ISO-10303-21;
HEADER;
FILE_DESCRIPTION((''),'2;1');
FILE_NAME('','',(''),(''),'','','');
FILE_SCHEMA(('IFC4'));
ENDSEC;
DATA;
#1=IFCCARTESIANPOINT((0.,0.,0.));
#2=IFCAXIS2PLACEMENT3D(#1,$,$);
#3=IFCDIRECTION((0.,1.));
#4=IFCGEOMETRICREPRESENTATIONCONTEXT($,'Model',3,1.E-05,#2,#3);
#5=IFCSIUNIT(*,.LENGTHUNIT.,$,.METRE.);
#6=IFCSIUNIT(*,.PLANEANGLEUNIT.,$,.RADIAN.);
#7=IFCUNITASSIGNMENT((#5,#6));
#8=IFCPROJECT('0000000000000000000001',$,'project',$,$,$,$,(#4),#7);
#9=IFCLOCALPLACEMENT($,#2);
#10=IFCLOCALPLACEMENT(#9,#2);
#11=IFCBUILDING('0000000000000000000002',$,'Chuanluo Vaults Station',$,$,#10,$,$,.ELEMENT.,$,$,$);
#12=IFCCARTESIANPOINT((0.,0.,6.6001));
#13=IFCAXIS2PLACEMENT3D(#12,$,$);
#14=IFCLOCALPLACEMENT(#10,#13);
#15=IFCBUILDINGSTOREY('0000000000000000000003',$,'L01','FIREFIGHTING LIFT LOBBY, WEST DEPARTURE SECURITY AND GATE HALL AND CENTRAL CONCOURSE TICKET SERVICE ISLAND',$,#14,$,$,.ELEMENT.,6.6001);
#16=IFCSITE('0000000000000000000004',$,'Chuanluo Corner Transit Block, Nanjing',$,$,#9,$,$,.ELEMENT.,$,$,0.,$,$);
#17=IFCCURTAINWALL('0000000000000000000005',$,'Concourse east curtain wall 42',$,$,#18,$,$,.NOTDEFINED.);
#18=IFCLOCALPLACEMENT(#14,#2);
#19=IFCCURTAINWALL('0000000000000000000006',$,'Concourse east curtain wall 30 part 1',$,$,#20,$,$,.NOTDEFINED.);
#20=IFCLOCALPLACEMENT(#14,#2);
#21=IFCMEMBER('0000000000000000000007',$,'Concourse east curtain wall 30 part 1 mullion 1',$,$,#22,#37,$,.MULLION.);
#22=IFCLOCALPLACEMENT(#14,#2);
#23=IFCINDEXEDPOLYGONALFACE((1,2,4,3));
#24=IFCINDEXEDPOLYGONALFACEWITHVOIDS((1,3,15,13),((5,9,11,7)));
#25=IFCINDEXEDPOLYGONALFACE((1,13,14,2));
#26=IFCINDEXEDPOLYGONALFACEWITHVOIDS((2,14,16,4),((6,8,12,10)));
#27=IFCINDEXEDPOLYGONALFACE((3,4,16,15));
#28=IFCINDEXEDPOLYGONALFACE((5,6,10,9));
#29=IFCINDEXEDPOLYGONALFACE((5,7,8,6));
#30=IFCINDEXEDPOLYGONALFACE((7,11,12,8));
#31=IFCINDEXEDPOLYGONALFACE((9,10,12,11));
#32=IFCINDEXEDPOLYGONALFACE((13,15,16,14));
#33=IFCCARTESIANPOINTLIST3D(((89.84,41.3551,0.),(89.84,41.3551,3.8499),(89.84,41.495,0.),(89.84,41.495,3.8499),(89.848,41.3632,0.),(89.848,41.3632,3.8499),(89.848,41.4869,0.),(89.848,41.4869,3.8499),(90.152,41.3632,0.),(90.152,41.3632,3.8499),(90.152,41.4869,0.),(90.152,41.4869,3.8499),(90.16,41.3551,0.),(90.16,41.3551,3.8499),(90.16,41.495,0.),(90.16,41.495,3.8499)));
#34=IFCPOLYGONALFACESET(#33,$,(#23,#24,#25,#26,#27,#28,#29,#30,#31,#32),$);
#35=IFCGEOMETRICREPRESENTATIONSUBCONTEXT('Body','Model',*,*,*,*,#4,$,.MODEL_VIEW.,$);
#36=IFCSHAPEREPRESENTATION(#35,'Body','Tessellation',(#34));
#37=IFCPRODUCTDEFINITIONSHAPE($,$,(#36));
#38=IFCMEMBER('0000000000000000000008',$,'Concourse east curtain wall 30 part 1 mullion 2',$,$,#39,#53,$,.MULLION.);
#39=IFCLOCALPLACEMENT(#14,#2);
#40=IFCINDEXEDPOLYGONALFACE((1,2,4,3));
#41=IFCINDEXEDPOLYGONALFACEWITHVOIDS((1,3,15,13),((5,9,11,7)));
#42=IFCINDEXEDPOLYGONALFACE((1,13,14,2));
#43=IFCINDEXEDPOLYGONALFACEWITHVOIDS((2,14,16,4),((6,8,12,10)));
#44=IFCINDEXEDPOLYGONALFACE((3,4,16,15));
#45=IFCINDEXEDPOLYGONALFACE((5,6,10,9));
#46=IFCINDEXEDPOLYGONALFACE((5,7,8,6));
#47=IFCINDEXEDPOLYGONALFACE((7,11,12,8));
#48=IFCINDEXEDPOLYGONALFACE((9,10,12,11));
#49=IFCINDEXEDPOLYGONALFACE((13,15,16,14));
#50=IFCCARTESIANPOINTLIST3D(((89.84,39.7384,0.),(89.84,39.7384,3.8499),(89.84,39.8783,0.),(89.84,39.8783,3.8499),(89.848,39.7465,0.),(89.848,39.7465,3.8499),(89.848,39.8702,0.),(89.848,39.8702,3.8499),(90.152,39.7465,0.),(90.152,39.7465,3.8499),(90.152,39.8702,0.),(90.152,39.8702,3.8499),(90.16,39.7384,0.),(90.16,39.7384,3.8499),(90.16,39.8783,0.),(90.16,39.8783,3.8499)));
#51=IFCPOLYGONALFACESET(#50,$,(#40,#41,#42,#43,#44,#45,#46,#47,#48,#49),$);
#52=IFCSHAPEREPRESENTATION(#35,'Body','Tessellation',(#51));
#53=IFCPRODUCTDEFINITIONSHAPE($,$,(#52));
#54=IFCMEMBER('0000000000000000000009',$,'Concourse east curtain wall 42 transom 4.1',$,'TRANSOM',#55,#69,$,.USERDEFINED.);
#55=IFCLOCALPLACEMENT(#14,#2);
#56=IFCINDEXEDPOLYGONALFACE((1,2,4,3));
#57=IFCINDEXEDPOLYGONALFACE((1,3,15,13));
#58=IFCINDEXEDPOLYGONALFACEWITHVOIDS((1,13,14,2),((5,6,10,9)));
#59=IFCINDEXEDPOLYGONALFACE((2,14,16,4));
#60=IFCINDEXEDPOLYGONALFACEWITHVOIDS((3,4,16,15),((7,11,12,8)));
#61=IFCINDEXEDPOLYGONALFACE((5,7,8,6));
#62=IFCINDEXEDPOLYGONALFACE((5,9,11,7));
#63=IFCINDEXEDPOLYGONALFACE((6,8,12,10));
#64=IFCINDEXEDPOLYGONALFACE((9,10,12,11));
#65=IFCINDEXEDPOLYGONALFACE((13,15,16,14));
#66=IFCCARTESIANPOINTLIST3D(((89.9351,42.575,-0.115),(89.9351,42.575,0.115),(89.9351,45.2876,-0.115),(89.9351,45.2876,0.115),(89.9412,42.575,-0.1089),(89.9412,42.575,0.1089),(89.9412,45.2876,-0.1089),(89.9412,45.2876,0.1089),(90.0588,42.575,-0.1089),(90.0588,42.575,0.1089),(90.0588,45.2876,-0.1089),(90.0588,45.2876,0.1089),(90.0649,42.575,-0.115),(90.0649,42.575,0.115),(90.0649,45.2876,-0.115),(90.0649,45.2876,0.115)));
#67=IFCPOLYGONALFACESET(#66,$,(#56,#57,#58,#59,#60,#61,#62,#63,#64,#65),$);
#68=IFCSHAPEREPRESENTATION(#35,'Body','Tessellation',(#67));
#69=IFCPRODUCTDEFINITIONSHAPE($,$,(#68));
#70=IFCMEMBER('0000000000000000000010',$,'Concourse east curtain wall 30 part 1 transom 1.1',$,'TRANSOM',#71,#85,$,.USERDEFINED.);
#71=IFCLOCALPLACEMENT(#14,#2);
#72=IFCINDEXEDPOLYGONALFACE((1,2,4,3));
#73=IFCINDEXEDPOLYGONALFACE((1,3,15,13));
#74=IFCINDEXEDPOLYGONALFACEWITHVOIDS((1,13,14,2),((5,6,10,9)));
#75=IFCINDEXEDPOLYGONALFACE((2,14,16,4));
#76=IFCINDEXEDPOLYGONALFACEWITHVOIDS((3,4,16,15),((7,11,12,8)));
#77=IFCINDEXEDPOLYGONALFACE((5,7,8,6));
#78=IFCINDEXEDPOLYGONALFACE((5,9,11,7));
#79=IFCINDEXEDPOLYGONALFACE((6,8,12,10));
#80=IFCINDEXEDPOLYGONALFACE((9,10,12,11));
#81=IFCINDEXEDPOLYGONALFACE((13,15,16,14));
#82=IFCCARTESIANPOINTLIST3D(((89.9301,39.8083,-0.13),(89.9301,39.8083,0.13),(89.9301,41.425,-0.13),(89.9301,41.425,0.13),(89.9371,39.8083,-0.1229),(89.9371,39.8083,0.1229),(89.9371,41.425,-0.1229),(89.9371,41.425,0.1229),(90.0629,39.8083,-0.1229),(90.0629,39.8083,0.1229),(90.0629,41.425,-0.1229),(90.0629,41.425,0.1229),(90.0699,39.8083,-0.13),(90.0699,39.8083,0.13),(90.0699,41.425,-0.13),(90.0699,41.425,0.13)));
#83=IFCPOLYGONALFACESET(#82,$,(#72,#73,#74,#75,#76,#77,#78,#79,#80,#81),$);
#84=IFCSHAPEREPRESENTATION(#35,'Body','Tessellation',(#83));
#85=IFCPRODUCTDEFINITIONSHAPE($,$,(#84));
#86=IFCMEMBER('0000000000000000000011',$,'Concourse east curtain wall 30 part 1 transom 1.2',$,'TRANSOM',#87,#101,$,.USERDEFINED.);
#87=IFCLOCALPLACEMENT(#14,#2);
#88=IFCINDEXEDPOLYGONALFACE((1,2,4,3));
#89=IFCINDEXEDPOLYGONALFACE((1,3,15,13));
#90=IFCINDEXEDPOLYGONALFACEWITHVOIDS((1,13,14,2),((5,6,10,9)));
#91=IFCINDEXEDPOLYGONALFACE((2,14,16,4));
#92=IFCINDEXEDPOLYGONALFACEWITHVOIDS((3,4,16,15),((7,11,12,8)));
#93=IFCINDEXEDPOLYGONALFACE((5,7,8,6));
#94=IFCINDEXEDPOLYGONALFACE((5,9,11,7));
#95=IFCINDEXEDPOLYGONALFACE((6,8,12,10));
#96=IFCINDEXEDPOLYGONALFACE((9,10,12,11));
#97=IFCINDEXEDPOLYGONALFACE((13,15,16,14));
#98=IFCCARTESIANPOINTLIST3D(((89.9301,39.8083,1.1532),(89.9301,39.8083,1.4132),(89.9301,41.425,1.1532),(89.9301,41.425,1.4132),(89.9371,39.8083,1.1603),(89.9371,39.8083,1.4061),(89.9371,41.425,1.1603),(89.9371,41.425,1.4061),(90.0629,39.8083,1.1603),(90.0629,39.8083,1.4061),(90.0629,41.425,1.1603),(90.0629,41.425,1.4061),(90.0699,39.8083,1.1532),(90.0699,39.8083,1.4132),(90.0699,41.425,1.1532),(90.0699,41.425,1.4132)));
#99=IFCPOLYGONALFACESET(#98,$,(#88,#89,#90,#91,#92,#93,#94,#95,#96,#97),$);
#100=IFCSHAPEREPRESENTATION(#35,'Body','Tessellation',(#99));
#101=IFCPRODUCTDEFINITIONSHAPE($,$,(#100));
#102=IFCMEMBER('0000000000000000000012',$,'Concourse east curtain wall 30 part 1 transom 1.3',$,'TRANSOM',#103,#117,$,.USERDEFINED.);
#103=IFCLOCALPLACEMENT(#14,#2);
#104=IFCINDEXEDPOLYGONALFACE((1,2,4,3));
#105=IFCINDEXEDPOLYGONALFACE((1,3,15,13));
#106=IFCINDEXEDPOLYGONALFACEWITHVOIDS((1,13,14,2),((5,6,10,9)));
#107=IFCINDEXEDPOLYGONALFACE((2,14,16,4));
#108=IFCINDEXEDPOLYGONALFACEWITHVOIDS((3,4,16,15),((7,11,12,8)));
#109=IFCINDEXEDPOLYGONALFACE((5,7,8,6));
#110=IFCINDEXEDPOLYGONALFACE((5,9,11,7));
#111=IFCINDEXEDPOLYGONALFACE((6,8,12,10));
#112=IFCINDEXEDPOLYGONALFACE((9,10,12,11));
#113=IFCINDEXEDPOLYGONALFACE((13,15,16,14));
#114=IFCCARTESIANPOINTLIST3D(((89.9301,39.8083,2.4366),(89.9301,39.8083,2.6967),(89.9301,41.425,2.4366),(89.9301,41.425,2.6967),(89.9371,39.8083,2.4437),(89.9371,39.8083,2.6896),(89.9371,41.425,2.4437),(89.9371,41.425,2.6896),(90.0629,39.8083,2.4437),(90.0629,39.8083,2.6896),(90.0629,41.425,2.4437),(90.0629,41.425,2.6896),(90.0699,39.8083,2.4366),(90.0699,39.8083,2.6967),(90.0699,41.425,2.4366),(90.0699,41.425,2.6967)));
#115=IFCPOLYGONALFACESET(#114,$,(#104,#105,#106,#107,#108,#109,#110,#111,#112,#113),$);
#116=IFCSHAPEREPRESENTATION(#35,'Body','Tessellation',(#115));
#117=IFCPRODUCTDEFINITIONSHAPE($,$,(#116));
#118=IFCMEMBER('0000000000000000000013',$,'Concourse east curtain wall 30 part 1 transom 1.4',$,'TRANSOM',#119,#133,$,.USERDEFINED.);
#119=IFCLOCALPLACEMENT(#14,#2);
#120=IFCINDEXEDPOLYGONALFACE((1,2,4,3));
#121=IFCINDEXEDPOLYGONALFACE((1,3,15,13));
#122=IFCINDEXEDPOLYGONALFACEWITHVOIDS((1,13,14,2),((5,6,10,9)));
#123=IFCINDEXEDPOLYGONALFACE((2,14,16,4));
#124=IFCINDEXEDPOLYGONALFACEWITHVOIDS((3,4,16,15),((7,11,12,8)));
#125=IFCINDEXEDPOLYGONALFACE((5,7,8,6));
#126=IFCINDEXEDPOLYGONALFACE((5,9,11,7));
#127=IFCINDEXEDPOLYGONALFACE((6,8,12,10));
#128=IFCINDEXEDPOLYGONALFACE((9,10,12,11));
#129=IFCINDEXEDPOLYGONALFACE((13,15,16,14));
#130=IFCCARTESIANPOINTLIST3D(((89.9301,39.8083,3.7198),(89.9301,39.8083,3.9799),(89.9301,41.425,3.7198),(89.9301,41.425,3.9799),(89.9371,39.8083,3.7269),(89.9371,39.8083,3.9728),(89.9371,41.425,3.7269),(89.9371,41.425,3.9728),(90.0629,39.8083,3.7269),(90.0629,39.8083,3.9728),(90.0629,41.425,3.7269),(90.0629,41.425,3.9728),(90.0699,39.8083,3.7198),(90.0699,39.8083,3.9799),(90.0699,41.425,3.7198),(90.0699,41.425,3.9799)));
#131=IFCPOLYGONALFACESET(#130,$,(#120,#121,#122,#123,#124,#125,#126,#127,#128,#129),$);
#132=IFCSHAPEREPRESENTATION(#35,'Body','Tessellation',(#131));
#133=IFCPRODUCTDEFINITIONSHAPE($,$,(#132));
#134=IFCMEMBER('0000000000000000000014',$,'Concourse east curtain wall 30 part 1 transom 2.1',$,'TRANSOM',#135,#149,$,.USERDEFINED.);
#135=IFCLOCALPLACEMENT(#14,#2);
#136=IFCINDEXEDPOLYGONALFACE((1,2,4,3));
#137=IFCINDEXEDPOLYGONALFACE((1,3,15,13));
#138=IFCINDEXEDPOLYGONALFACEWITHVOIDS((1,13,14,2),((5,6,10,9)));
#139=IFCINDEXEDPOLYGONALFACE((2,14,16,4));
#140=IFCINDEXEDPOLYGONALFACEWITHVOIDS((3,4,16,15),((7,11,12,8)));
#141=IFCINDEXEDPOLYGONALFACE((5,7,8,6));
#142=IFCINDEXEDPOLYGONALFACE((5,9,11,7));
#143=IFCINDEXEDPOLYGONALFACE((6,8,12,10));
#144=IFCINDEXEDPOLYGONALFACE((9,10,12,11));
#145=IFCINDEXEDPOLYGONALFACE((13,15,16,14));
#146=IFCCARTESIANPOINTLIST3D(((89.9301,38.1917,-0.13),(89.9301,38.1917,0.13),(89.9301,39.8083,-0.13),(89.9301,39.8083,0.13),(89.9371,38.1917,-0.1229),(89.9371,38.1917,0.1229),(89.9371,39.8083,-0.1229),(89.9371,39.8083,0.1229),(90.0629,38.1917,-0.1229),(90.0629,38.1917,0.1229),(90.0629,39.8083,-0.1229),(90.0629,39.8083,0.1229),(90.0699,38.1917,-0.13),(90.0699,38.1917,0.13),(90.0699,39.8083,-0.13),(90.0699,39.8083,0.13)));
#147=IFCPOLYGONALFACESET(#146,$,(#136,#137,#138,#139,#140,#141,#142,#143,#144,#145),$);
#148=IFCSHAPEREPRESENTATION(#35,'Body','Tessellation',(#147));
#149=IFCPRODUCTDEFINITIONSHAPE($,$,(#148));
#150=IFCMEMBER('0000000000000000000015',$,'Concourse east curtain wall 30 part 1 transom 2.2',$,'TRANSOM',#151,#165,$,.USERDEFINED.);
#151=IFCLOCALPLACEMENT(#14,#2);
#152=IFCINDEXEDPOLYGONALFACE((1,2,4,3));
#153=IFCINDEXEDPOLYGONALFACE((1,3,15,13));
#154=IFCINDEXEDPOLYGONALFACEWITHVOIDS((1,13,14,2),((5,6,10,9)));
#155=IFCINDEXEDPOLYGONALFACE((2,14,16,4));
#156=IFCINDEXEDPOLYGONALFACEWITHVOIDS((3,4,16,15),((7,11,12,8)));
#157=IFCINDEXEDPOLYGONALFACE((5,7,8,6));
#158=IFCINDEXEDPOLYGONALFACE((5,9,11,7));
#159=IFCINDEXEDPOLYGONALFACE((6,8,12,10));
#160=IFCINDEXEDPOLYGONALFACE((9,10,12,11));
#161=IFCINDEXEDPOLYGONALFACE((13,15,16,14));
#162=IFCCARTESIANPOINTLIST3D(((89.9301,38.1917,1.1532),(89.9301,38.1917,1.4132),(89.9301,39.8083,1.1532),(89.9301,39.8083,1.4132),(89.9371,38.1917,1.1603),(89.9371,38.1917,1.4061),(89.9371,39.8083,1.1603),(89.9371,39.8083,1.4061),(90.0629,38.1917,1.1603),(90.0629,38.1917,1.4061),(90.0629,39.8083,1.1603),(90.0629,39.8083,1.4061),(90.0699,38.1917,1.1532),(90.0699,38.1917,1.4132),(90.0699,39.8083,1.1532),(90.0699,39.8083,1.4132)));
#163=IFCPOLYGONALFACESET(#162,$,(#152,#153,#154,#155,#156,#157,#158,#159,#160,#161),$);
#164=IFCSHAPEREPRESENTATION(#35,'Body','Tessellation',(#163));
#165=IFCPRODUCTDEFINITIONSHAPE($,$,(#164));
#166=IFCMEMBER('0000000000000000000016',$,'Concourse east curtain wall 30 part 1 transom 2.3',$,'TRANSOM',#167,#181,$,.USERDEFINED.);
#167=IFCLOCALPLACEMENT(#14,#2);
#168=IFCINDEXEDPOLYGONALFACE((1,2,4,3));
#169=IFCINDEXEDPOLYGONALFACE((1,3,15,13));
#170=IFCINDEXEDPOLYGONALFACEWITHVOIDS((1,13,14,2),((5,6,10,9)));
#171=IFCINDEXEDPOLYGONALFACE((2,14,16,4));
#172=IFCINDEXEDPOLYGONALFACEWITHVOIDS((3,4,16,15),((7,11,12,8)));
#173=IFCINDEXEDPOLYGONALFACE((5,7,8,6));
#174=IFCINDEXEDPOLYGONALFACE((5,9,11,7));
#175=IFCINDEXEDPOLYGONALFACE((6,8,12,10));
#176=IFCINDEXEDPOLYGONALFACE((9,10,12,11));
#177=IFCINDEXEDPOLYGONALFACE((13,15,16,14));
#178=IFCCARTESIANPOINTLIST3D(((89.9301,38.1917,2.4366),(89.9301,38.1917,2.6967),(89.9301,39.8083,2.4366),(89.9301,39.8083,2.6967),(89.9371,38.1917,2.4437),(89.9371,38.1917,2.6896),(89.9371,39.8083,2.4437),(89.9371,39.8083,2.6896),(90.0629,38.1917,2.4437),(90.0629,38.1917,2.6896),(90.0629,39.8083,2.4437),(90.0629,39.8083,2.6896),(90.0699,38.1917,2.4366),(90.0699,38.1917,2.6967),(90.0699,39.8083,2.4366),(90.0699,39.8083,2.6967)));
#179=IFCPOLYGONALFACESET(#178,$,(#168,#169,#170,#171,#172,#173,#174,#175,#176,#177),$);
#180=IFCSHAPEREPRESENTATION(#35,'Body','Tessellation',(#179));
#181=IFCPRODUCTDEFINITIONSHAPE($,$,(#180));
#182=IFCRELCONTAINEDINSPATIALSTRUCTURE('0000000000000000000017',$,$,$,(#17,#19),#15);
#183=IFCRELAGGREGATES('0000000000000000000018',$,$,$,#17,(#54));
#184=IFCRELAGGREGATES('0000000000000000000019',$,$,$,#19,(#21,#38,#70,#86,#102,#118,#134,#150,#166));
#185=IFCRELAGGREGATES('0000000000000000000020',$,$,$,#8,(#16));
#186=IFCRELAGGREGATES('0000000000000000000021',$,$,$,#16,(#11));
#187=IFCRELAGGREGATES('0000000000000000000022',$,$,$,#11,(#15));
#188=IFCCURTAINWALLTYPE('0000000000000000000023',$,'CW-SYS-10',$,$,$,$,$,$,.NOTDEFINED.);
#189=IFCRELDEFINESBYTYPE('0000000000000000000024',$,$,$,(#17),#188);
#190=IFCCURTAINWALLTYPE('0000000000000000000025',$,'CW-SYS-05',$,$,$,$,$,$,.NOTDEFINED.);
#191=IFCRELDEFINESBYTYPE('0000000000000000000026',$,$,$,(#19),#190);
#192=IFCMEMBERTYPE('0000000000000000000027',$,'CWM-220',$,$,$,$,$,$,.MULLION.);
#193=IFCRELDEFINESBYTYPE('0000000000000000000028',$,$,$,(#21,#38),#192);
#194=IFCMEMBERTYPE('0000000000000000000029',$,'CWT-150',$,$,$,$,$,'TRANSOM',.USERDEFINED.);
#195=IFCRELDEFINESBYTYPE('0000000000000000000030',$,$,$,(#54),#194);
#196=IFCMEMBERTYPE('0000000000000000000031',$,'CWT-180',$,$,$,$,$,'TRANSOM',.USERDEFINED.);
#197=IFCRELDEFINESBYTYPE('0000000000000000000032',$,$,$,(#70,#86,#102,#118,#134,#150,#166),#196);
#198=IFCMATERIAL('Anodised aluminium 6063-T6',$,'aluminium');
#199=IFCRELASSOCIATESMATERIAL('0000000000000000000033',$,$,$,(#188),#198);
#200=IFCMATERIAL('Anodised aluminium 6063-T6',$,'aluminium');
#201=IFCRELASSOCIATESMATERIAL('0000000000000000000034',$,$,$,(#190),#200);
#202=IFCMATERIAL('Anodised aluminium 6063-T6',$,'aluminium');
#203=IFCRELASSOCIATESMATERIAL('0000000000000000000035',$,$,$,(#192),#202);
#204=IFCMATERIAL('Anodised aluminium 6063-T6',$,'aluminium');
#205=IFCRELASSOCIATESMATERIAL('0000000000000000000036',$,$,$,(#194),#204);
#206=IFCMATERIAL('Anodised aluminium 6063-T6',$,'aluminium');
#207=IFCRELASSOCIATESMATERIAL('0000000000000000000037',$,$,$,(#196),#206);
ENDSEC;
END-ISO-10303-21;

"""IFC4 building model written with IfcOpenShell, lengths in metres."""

from ifc_helpers import new_model, si_unit, direction, frame, origin, origin_2d, place, context, subcontext, project, spatial, hollow_rectangle, extrude, material, material_profile, profile_set, type_object, element, aggregate, save


model = new_model("IFC4")

# Units and contexts
model_context = context("Model", 3, precision=1e-05, world=origin(), true_north=direction((0.0, 1.0)))
body_context = subcontext(model_context, "Body", "Model", "MODEL_VIEW")
ifc_project = project(units=[si_unit("LENGTHUNIT", "METRE"), si_unit("PLANEANGLEUNIT", "RADIAN")], contexts=[model_context])

# Site, building, storey
site_placement = place(None, origin())
site = spatial("IfcSite", under=ifc_project, at=site_placement, Name="Chuanluo Corner Transit Block, Nanjing", CompositionType="ELEMENT", RefElevation=0.0)
building_placement = place(site_placement, origin())
building = spatial("IfcBuilding", under=site, at=building_placement, Name="Chuanluo Vaults Station", CompositionType="ELEMENT")
storey_placement = place(building_placement, frame((0.0, 0.0, 6.6001)))
storey = spatial("IfcBuildingStorey", under=building, at=storey_placement, Name="L01", Description="FIREFIGHTING LIFT LOBBY, WEST DEPARTURE SECURITY AND GATE HALL AND CENTRAL CONCOURSE TICKET SERVICE ISLAND", CompositionType="ELEMENT", Elevation=6.6001)

# Curtain walls, members
ifc_material_1 = material(Name="Anodised aluminium 6063-T6", Category="aluminium")
curtain_wall_type_1 = type_object("IfcCurtainWallType", Name="CW-SYS-10", PredefinedType="NOTDEFINED", material=ifc_material_1)
curtain_wall_1_placement = place(storey_placement, origin())
curtain_wall_1 = element("IfcCurtainWall", 1, at=curtain_wall_1_placement, inside=storey, type_object=curtain_wall_type_1, Name="Concourse east curtain wall 42", PredefinedType="NOTDEFINED")
ifc_material_2 = material(Name="Anodised aluminium 6063-T6", Category="aluminium")
curtain_wall_type_2 = type_object("IfcCurtainWallType", Name="CW-SYS-05", PredefinedType="NOTDEFINED", material=ifc_material_2)
curtain_wall_2_placement = place(storey_placement, origin())
curtain_wall_2 = element("IfcCurtainWall", 2, at=curtain_wall_2_placement, inside=storey, type_object=curtain_wall_type_2, Name="Concourse east curtain wall 30 part 1", PredefinedType="NOTDEFINED")
ifc_material_3 = material(Name="Anodised aluminium 6063-T6", Category="aluminium")
ifc_material_profile_1 = material_profile(ifc_material_3, hollow_rectangle(XDim=0.1399, YDim=0.3201, WallThickness=0.0081, at=origin_2d()))
ifc_profile_set_1 = profile_set([ifc_material_profile_1], Name="Anodised aluminium 6063-T6")
member_type_1 = type_object("IfcMemberType", Name="CWM-220", PredefinedType="MULLION", material=ifc_profile_set_1)
member_1_placement = place(storey_placement, frame((90.0, 41.425, 0.0), z_axis=(0.0, 0.0, 1.0), x_axis=(0.0, -1.0, 0.0)))
member_1 = element("IfcMember", 3, at=member_1_placement, type_object=member_type_1, Name="Concourse east curtain wall 30 part 1 mullion 1", PredefinedType="MULLION", context=body_context, shape_type="SweptSolid", body=[
    extrude(hollow_rectangle(XDim=0.1399, YDim=0.3201, WallThickness=0.0081, at=origin_2d()), origin(), (0.0, 0.0, 1.0), 3.8499),
])
member_2_placement = place(storey_placement, frame((90.0, 39.8083, 0.0), z_axis=(0.0, 0.0, 1.0), x_axis=(0.0, -1.0, 0.0)))
member_2 = element("IfcMember", 4, at=member_2_placement, type_object=member_type_1, Name="Concourse east curtain wall 30 part 1 mullion 2", PredefinedType="MULLION", context=body_context, shape_type="SweptSolid", body=[
    extrude(hollow_rectangle(XDim=0.1399, YDim=0.3201, WallThickness=0.0081, at=origin_2d()), origin(), (0.0, 0.0, 1.0), 3.8499),
])

# Members
ifc_material_4 = material(Name="Anodised aluminium 6063-T6", Category="aluminium")
ifc_material_profile_2 = material_profile(ifc_material_4, hollow_rectangle(XDim=0.1299, YDim=0.23, WallThickness=0.0061, at=origin_2d()))
ifc_profile_set_2 = profile_set([ifc_material_profile_2], Name="Anodised aluminium 6063-T6")
member_type_2 = type_object("IfcMemberType", Name="CWT-150", ElementType="TRANSOM", PredefinedType="USERDEFINED", material=ifc_profile_set_2)
member_3_placement = place(storey_placement, frame((90.0, 45.2876, 0.0), z_axis=(0.0, -1.0, 0.0), x_axis=(1.0, 0.0, 0.0)))
member_3 = element("IfcMember", 5, at=member_3_placement, type_object=member_type_2, Name="Concourse east curtain wall 42 transom 4.1", ObjectType="TRANSOM", PredefinedType="USERDEFINED", context=body_context, shape_type="SweptSolid", body=[
    extrude(hollow_rectangle(XDim=0.1299, YDim=0.23, WallThickness=0.0061, at=origin_2d()), origin(), (0.0, 0.0, 1.0), 2.7126),
])
ifc_material_5 = material(Name="Anodised aluminium 6063-T6", Category="aluminium")
ifc_material_profile_3 = material_profile(ifc_material_5, hollow_rectangle(XDim=0.1399, YDim=0.26, WallThickness=0.0071, at=origin_2d()))
ifc_profile_set_3 = profile_set([ifc_material_profile_3], Name="Anodised aluminium 6063-T6")
member_type_3 = type_object("IfcMemberType", Name="CWT-180", ElementType="TRANSOM", PredefinedType="USERDEFINED", material=ifc_profile_set_3)
member_4_placement = place(storey_placement, frame((90.0, 41.425, 0.0), z_axis=(0.0, -1.0, 0.0), x_axis=(1.0, 0.0, 0.0)))
member_4 = element("IfcMember", 6, at=member_4_placement, type_object=member_type_3, Name="Concourse east curtain wall 30 part 1 transom 1.1", ObjectType="TRANSOM", PredefinedType="USERDEFINED", context=body_context, shape_type="SweptSolid", body=[
    extrude(hollow_rectangle(XDim=0.1399, YDim=0.26, WallThickness=0.0071, at=origin_2d()), origin(), (0.0, 0.0, 1.0), 1.6167),
])
member_5_placement = place(storey_placement, frame((90.0, 41.425, 1.2832), z_axis=(0.0, -1.0, 0.0), x_axis=(1.0, 0.0, 0.0)))
member_5 = element("IfcMember", 7, at=member_5_placement, type_object=member_type_3, Name="Concourse east curtain wall 30 part 1 transom 1.2", ObjectType="TRANSOM", PredefinedType="USERDEFINED", context=body_context, shape_type="SweptSolid", body=[
    extrude(hollow_rectangle(XDim=0.1399, YDim=0.26, WallThickness=0.0071, at=origin_2d()), origin(), (0.0, 0.0, 1.0), 1.6167),
])
member_6_placement = place(storey_placement, frame((90.0, 41.425, 2.5667), z_axis=(0.0, -1.0, 0.0), x_axis=(1.0, 0.0, 0.0)))
member_6 = element("IfcMember", 8, at=member_6_placement, type_object=member_type_3, Name="Concourse east curtain wall 30 part 1 transom 1.3", ObjectType="TRANSOM", PredefinedType="USERDEFINED", context=body_context, shape_type="SweptSolid", body=[
    extrude(hollow_rectangle(XDim=0.1399, YDim=0.26, WallThickness=0.0071, at=origin_2d()), origin(), (0.0, 0.0, 1.0), 1.6167),
])
member_7_placement = place(storey_placement, frame((90.0, 41.425, 3.8499), z_axis=(0.0, -1.0, 0.0), x_axis=(1.0, 0.0, 0.0)))
member_7 = element("IfcMember", 9, at=member_7_placement, type_object=member_type_3, Name="Concourse east curtain wall 30 part 1 transom 1.4", ObjectType="TRANSOM", PredefinedType="USERDEFINED", context=body_context, shape_type="SweptSolid", body=[
    extrude(hollow_rectangle(XDim=0.1399, YDim=0.26, WallThickness=0.0071, at=origin_2d()), origin(), (0.0, 0.0, 1.0), 1.6167),
])
member_8_placement = place(storey_placement, frame((90.0, 39.8083, 0.0), z_axis=(0.0, -1.0, 0.0), x_axis=(1.0, 0.0, 0.0)))
member_8 = element("IfcMember", 10, at=member_8_placement, type_object=member_type_3, Name="Concourse east curtain wall 30 part 1 transom 2.1", ObjectType="TRANSOM", PredefinedType="USERDEFINED", context=body_context, shape_type="SweptSolid", body=[
    extrude(hollow_rectangle(XDim=0.1399, YDim=0.26, WallThickness=0.0071, at=origin_2d()), origin(), (0.0, 0.0, 1.0), 1.6167),
])
member_9_placement = place(storey_placement, frame((90.0, 39.8083, 1.2832), z_axis=(0.0, -1.0, 0.0), x_axis=(1.0, 0.0, 0.0)))
member_9 = element("IfcMember", 11, at=member_9_placement, type_object=member_type_3, Name="Concourse east curtain wall 30 part 1 transom 2.2", ObjectType="TRANSOM", PredefinedType="USERDEFINED", context=body_context, shape_type="SweptSolid", body=[
    extrude(hollow_rectangle(XDim=0.1399, YDim=0.26, WallThickness=0.0071, at=origin_2d()), origin(), (0.0, 0.0, 1.0), 1.6167),
])
member_10_placement = place(storey_placement, frame((90.0, 39.8083, 2.5667), z_axis=(0.0, -1.0, 0.0), x_axis=(1.0, 0.0, 0.0)))
member_10 = element("IfcMember", 12, at=member_10_placement, type_object=member_type_3, Name="Concourse east curtain wall 30 part 1 transom 2.3", ObjectType="TRANSOM", PredefinedType="USERDEFINED", context=body_context, shape_type="SweptSolid", body=[
    extrude(hollow_rectangle(XDim=0.1399, YDim=0.26, WallThickness=0.0071, at=origin_2d()), origin(), (0.0, 0.0, 1.0), 1.6167),
])

aggregate(curtain_wall_1, [member_3])
aggregate(curtain_wall_2, [member_1, member_2, member_4, member_5, member_6, member_7, member_8, member_9, member_10])

save(model, "model.ifc")
